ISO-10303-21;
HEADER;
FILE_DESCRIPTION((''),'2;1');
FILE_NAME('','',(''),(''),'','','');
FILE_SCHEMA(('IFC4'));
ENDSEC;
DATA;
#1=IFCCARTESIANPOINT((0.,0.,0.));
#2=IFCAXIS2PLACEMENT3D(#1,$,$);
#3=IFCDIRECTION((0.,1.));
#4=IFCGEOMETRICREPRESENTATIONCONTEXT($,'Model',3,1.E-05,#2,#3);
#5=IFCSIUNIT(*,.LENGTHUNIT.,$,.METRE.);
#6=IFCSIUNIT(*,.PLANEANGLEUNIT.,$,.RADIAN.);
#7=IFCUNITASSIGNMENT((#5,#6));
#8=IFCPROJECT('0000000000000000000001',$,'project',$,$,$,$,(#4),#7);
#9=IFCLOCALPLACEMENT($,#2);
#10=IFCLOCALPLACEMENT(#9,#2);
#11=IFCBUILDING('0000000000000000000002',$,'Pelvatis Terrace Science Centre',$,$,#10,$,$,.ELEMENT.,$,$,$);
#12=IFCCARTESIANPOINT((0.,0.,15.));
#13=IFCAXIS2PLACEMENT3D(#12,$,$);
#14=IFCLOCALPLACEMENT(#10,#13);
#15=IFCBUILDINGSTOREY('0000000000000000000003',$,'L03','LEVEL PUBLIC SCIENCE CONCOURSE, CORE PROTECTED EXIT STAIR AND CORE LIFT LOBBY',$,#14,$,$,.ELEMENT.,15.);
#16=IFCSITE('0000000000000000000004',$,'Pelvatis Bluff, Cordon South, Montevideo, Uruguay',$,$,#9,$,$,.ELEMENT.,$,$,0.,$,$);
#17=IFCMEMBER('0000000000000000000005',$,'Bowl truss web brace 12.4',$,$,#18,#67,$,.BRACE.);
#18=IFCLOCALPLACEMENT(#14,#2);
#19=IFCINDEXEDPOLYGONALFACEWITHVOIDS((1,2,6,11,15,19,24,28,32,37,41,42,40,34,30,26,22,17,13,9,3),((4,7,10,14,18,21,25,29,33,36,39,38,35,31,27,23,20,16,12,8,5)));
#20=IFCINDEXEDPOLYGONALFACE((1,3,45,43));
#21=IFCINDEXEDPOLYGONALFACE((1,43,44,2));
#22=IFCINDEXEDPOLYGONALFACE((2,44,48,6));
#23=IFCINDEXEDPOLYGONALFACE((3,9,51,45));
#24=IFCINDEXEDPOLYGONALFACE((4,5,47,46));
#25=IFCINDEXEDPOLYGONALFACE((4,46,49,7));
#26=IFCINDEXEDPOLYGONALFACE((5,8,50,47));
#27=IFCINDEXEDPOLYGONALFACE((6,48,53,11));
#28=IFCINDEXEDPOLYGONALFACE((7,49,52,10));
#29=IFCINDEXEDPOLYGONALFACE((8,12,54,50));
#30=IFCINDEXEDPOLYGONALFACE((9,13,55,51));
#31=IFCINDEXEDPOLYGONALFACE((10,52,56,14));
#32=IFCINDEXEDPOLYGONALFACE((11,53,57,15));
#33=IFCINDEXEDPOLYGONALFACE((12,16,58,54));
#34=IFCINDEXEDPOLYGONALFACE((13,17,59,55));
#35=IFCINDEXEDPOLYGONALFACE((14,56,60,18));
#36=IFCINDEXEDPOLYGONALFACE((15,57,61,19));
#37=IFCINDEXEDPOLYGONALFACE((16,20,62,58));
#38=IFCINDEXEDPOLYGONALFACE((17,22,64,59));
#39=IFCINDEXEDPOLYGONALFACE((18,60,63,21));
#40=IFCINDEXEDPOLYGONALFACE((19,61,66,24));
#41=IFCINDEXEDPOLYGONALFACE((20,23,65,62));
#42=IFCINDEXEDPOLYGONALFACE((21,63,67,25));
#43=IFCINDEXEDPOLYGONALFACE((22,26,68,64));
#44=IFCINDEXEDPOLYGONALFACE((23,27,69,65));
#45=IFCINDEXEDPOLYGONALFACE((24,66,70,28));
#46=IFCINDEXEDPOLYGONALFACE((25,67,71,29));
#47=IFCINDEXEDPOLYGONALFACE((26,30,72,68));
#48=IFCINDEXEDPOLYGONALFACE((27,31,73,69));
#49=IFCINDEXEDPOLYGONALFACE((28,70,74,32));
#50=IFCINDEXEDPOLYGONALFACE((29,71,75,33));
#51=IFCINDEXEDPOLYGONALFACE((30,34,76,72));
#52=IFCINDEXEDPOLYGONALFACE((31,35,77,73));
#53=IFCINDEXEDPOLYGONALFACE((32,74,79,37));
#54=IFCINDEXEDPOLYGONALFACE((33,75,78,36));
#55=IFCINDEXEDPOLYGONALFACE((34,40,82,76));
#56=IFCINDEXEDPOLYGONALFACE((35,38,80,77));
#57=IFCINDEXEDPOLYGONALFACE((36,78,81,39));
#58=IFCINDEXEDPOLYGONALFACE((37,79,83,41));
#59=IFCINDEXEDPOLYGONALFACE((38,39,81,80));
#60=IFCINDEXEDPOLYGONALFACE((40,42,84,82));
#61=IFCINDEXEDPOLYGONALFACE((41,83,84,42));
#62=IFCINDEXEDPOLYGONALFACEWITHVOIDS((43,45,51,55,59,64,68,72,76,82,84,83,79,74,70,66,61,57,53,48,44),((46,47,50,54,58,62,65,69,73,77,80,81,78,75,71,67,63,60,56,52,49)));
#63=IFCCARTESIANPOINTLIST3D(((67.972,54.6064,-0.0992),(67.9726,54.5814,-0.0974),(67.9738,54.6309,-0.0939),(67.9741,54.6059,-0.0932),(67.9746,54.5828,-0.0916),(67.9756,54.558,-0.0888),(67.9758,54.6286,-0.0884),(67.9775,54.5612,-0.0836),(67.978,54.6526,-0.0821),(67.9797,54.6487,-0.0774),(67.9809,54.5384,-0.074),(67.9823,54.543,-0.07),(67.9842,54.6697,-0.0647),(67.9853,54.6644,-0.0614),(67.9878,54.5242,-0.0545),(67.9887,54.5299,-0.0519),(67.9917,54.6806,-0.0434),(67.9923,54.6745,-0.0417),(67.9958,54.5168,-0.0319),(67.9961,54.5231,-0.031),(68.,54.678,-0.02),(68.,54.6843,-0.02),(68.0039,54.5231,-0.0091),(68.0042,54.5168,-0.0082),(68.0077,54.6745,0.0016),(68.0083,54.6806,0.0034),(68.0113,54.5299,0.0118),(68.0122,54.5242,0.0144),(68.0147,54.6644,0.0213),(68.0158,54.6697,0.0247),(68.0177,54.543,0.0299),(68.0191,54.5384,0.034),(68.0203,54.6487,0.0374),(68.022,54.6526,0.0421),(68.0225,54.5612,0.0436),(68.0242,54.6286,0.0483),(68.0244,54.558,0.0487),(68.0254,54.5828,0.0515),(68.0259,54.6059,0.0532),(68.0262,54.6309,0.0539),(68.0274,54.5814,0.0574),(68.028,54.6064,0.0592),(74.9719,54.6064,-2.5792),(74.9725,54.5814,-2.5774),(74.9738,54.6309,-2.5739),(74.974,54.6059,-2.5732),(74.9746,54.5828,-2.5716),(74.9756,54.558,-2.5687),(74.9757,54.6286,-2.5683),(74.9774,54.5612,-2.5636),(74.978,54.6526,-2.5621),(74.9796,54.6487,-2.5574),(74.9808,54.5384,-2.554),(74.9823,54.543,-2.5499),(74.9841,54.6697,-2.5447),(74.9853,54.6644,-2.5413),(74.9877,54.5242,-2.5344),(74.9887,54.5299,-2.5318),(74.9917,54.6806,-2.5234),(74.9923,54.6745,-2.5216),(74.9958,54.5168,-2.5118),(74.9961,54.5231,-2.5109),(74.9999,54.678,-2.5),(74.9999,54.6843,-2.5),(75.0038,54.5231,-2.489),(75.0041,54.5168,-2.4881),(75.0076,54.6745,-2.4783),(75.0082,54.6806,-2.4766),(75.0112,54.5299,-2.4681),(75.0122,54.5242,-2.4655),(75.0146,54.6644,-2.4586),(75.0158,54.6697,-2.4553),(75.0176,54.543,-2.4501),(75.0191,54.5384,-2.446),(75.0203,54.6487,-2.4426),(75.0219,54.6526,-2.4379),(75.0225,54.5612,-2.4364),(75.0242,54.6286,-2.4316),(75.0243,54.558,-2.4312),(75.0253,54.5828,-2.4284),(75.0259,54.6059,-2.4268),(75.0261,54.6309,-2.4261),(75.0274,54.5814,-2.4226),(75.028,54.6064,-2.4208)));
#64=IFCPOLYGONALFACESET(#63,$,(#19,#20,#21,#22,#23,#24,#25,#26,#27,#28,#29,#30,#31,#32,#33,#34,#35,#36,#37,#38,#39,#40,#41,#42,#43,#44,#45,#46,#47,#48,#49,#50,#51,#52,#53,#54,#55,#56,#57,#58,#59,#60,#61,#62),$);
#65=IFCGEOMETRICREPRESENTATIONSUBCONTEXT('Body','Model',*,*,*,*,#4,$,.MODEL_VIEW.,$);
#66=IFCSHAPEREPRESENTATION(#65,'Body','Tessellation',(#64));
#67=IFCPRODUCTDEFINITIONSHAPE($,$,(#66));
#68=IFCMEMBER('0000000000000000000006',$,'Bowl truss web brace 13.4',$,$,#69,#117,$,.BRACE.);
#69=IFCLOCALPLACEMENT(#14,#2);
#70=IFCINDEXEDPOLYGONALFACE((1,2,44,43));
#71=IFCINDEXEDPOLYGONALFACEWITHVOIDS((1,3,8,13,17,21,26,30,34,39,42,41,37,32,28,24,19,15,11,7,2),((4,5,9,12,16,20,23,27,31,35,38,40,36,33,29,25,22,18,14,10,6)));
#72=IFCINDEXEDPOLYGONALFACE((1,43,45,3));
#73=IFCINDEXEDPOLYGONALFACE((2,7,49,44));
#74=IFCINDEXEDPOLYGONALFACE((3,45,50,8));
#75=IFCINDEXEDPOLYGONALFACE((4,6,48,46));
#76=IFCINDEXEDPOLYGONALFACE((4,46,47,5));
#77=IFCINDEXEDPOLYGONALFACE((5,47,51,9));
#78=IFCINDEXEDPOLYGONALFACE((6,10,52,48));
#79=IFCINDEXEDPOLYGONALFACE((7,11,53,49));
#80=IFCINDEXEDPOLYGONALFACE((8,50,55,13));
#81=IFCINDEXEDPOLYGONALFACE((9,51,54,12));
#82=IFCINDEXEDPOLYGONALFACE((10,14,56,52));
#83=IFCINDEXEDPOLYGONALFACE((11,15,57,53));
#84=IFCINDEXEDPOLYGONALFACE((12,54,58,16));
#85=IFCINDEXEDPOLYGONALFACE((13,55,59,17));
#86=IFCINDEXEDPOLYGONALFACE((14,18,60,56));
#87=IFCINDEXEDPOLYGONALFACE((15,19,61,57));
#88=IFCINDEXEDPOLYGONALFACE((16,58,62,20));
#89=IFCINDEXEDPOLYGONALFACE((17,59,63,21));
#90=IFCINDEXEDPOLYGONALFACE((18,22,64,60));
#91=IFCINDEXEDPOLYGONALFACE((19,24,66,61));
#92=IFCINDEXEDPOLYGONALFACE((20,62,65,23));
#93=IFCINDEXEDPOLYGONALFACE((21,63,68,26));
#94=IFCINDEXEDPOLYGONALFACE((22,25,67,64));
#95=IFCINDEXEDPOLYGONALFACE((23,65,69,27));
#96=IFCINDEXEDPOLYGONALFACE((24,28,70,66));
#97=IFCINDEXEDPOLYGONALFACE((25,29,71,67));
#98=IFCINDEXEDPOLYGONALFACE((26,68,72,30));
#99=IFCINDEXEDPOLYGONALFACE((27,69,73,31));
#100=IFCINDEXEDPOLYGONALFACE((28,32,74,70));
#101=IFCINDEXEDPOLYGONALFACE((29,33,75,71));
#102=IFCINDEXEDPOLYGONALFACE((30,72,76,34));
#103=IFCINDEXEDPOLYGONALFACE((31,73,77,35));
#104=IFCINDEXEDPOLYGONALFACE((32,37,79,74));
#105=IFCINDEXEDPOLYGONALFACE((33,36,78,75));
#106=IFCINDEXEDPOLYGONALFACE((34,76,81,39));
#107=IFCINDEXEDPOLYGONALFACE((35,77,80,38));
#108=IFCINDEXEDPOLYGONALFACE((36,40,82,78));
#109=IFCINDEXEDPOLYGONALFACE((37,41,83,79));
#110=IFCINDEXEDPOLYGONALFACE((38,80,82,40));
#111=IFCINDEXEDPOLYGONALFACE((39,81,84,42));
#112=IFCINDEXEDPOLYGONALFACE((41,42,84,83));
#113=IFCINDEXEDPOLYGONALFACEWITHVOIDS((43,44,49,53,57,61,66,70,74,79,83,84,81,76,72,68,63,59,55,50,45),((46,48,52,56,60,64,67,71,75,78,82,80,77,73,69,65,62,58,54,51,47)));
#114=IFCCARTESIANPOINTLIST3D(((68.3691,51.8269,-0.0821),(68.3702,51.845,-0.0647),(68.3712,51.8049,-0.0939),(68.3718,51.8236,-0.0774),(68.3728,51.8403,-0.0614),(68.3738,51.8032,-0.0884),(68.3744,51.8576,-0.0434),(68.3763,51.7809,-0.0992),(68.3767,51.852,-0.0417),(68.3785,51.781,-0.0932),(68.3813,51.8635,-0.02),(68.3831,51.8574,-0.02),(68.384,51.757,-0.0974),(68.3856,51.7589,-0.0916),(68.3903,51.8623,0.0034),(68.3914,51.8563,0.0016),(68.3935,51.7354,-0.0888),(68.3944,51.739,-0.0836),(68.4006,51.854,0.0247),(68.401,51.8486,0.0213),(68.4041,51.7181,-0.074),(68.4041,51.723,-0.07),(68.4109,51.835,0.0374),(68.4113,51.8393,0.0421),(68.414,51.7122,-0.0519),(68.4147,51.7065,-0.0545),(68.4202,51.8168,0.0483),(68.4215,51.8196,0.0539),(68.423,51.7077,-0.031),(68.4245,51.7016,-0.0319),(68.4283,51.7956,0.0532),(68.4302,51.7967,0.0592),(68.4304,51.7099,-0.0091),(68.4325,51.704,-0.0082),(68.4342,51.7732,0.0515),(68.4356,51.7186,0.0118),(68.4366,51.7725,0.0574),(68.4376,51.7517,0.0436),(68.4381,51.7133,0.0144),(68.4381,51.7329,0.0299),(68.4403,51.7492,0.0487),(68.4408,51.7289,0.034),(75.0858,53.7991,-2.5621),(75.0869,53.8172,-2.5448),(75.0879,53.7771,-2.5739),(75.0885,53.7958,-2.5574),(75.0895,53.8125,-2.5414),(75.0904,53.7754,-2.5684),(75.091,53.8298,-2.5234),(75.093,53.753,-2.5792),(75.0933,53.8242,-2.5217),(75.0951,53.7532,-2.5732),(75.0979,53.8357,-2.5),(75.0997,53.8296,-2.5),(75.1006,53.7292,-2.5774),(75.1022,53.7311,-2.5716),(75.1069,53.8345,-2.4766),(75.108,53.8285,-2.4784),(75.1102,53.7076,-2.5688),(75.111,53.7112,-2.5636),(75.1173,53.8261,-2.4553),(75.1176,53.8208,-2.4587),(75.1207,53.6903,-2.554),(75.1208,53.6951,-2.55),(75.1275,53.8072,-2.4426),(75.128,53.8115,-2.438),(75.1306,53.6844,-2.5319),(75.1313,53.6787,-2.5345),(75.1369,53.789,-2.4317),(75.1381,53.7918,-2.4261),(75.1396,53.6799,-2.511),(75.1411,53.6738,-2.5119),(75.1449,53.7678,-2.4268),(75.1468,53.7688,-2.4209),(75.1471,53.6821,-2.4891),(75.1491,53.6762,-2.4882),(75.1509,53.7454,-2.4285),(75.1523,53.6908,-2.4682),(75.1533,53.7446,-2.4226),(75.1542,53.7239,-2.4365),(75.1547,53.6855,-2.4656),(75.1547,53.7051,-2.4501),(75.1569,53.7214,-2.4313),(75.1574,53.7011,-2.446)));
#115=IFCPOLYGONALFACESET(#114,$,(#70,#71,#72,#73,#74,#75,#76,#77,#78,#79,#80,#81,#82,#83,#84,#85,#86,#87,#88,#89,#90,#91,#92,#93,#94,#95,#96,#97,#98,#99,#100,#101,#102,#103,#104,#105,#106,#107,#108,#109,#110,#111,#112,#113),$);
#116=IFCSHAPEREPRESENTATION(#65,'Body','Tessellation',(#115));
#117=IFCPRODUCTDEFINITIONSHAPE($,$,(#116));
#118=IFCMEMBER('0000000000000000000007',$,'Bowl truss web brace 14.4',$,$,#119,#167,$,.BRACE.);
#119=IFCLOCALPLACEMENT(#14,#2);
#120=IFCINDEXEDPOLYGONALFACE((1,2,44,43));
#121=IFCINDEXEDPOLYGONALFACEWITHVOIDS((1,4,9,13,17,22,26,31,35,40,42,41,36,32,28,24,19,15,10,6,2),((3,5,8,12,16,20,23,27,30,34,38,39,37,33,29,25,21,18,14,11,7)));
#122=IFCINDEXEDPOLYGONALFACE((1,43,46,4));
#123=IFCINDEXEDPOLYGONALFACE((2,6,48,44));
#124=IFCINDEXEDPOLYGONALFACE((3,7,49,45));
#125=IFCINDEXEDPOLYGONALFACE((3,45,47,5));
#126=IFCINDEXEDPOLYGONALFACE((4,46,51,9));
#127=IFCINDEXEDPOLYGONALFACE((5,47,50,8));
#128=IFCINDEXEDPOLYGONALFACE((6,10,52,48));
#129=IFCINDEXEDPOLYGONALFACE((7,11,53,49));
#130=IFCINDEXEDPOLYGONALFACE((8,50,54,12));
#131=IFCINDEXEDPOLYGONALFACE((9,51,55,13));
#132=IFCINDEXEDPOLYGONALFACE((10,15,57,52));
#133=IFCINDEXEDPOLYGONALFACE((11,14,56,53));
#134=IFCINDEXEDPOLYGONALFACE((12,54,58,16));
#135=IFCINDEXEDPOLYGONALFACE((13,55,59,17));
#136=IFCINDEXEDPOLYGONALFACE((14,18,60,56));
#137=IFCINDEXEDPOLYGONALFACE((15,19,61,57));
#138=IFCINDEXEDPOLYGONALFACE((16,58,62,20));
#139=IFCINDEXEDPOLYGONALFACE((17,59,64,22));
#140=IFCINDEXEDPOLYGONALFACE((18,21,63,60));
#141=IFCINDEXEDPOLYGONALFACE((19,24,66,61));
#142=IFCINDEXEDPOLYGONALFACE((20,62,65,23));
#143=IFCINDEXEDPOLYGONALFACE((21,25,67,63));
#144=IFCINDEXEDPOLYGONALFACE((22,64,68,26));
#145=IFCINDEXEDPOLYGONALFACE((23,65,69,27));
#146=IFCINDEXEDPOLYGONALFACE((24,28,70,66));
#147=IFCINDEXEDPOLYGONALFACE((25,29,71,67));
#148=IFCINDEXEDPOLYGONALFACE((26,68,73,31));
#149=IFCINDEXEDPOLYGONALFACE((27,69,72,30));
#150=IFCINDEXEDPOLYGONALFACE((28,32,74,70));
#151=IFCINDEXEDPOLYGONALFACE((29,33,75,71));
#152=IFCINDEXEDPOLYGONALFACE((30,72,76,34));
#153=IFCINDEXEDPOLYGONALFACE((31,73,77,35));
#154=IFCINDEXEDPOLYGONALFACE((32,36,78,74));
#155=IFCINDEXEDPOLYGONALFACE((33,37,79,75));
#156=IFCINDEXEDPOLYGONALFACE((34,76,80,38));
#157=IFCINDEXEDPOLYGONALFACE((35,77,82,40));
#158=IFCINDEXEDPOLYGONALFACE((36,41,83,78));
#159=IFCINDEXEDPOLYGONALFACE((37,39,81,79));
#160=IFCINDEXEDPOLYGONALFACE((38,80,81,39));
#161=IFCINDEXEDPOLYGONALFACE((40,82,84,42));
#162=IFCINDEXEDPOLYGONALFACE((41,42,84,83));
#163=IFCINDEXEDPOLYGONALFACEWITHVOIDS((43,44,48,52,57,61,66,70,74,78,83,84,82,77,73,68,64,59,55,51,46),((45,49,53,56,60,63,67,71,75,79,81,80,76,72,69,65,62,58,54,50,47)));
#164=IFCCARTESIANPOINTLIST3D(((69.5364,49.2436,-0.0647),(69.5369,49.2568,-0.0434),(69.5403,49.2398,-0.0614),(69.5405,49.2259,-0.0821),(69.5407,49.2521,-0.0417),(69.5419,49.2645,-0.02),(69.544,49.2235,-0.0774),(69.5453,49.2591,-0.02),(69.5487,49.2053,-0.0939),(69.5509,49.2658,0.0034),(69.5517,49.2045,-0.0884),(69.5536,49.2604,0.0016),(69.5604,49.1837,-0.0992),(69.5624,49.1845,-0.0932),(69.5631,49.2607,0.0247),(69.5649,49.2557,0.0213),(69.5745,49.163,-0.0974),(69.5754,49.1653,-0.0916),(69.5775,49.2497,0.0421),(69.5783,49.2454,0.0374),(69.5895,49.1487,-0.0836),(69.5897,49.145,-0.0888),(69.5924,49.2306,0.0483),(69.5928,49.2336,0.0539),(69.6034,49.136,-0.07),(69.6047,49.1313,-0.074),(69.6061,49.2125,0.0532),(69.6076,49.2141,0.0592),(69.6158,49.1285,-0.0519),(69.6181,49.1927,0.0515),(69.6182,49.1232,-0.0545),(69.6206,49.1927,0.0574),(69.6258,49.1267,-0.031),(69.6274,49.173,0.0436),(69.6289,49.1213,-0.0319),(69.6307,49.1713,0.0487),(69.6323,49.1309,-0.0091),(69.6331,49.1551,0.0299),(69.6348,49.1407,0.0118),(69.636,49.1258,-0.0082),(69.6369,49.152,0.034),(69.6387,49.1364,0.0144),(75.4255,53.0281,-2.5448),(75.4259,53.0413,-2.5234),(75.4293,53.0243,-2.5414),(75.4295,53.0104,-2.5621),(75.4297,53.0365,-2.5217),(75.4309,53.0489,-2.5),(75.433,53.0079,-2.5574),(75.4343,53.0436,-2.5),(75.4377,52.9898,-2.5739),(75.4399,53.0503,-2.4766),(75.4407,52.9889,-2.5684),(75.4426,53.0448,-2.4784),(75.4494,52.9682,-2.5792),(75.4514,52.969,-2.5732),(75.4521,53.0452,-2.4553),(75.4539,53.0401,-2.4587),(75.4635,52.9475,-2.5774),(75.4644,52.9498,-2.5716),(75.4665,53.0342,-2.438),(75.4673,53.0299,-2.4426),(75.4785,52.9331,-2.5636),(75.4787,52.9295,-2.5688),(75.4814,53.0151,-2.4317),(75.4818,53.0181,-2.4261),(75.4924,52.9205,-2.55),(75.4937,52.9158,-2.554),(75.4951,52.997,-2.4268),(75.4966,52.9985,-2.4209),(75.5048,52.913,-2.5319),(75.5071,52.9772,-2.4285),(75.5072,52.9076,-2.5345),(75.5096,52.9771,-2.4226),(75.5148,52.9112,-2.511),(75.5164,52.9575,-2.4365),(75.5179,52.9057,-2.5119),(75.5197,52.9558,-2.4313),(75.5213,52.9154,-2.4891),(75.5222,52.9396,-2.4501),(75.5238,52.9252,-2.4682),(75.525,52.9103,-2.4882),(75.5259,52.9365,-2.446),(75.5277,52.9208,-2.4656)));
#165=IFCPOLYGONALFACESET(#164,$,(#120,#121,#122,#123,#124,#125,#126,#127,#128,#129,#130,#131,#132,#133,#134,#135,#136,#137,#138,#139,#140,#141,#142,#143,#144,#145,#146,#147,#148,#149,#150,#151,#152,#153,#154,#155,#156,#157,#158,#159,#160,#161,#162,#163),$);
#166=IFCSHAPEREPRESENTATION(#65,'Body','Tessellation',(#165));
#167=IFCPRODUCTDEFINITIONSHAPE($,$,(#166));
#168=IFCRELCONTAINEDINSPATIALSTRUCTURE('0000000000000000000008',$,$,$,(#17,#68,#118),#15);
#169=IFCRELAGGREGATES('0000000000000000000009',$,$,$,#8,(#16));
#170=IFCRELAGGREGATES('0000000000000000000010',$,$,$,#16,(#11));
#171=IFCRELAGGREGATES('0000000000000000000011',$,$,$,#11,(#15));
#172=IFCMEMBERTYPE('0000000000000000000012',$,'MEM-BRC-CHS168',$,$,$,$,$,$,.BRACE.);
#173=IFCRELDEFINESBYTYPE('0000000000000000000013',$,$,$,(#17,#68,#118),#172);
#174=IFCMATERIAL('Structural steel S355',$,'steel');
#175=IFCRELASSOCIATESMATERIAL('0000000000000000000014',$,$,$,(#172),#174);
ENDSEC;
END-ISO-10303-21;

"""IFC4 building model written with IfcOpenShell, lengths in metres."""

from ifc_helpers import new_model, si_unit, direction, frame, origin, origin_2d, place, context, subcontext, project, spatial, hollow_circle, extrude, material, material_profile, profile_set, type_object, element, save


model = new_model("IFC4")

# Units and contexts
model_context = context("Model", 3, precision=1e-05, world=origin(), true_north=direction((0.0, 1.0)))
body_context = subcontext(model_context, "Body", "Model", "MODEL_VIEW")
ifc_project = project(units=[si_unit("LENGTHUNIT", "METRE"), si_unit("PLANEANGLEUNIT", "RADIAN")], contexts=[model_context])

# Site, building, storey
site_placement = place(None, origin())
site = spatial("IfcSite", under=ifc_project, at=site_placement, Name="Pelvatis Bluff, Cordon South, Montevideo, Uruguay", CompositionType="ELEMENT", RefElevation=0.0)
building_placement = place(site_placement, origin())
building = spatial("IfcBuilding", under=site, at=building_placement, Name="Pelvatis Terrace Science Centre", CompositionType="ELEMENT")
storey_placement = place(building_placement, frame((0.0, 0.0, 15.0)))
storey = spatial("IfcBuildingStorey", under=building, at=storey_placement, Name="L03", Description="LEVEL PUBLIC SCIENCE CONCOURSE, CORE PROTECTED EXIT STAIR AND CORE LIFT LOBBY", CompositionType="ELEMENT", Elevation=15.0)

# Members
ifc_material_1 = material(Name="Structural steel S355", Category="steel")
ifc_material_profile_1 = material_profile(ifc_material_1, hollow_circle(Radius=0.0842, WallThickness=0.0063, at=origin_2d()), Name="CHS 168.3x6.3")
ifc_profile_set_1 = profile_set([ifc_material_profile_1], Name="Structural steel S355")
member_type_1 = type_object("IfcMemberType", Name="MEM-BRC-CHS168", PredefinedType="BRACE", material=ifc_profile_set_1)
member_1_placement = place(storey_placement, frame((68.0, 54.6001, -0.02), z_axis=(0.942593, 0.0, -0.333945), x_axis=(0.0, 1.0, 0.0)))
element("IfcMember", 1, at=member_1_placement, inside=storey, type_object=member_type_1, Name="Bowl truss web brace 12.4", PredefinedType="BRACE", context=body_context, shape_type="SweptSolid", body=[
    extrude(hollow_circle(Radius=0.0842, WallThickness=0.0063, at=origin_2d()), origin(), (0.0, 0.0, 1.0), 7.4263),
])
for number, where, z_axis, x_axis, name in (
    (2, (68.405, 51.7827, -0.02), (0.904412, 0.265561, -0.33394), (-0.281734, 0.959493, 0.0), "Bowl truss web brace 13.4"),
    (3, (69.5874, 49.1936, -0.02), (0.79297, 0.50959, -0.333941), (-0.540625, 0.841263, 0.0), "Bowl truss web brace 14.4"),
):
    element("IfcMember", number, at=place(storey_placement, frame(where, z_axis=z_axis, x_axis=x_axis)), inside=storey, type_object=member_type_1, Name=name, PredefinedType="BRACE", context=body_context, shape_type="SweptSolid", body=[
        extrude(hollow_circle(Radius=0.0842, WallThickness=0.0063, at=origin_2d()), origin(), (0.0, 0.0, 1.0), 7.4265),
    ])

save(model, "model.ifc")
